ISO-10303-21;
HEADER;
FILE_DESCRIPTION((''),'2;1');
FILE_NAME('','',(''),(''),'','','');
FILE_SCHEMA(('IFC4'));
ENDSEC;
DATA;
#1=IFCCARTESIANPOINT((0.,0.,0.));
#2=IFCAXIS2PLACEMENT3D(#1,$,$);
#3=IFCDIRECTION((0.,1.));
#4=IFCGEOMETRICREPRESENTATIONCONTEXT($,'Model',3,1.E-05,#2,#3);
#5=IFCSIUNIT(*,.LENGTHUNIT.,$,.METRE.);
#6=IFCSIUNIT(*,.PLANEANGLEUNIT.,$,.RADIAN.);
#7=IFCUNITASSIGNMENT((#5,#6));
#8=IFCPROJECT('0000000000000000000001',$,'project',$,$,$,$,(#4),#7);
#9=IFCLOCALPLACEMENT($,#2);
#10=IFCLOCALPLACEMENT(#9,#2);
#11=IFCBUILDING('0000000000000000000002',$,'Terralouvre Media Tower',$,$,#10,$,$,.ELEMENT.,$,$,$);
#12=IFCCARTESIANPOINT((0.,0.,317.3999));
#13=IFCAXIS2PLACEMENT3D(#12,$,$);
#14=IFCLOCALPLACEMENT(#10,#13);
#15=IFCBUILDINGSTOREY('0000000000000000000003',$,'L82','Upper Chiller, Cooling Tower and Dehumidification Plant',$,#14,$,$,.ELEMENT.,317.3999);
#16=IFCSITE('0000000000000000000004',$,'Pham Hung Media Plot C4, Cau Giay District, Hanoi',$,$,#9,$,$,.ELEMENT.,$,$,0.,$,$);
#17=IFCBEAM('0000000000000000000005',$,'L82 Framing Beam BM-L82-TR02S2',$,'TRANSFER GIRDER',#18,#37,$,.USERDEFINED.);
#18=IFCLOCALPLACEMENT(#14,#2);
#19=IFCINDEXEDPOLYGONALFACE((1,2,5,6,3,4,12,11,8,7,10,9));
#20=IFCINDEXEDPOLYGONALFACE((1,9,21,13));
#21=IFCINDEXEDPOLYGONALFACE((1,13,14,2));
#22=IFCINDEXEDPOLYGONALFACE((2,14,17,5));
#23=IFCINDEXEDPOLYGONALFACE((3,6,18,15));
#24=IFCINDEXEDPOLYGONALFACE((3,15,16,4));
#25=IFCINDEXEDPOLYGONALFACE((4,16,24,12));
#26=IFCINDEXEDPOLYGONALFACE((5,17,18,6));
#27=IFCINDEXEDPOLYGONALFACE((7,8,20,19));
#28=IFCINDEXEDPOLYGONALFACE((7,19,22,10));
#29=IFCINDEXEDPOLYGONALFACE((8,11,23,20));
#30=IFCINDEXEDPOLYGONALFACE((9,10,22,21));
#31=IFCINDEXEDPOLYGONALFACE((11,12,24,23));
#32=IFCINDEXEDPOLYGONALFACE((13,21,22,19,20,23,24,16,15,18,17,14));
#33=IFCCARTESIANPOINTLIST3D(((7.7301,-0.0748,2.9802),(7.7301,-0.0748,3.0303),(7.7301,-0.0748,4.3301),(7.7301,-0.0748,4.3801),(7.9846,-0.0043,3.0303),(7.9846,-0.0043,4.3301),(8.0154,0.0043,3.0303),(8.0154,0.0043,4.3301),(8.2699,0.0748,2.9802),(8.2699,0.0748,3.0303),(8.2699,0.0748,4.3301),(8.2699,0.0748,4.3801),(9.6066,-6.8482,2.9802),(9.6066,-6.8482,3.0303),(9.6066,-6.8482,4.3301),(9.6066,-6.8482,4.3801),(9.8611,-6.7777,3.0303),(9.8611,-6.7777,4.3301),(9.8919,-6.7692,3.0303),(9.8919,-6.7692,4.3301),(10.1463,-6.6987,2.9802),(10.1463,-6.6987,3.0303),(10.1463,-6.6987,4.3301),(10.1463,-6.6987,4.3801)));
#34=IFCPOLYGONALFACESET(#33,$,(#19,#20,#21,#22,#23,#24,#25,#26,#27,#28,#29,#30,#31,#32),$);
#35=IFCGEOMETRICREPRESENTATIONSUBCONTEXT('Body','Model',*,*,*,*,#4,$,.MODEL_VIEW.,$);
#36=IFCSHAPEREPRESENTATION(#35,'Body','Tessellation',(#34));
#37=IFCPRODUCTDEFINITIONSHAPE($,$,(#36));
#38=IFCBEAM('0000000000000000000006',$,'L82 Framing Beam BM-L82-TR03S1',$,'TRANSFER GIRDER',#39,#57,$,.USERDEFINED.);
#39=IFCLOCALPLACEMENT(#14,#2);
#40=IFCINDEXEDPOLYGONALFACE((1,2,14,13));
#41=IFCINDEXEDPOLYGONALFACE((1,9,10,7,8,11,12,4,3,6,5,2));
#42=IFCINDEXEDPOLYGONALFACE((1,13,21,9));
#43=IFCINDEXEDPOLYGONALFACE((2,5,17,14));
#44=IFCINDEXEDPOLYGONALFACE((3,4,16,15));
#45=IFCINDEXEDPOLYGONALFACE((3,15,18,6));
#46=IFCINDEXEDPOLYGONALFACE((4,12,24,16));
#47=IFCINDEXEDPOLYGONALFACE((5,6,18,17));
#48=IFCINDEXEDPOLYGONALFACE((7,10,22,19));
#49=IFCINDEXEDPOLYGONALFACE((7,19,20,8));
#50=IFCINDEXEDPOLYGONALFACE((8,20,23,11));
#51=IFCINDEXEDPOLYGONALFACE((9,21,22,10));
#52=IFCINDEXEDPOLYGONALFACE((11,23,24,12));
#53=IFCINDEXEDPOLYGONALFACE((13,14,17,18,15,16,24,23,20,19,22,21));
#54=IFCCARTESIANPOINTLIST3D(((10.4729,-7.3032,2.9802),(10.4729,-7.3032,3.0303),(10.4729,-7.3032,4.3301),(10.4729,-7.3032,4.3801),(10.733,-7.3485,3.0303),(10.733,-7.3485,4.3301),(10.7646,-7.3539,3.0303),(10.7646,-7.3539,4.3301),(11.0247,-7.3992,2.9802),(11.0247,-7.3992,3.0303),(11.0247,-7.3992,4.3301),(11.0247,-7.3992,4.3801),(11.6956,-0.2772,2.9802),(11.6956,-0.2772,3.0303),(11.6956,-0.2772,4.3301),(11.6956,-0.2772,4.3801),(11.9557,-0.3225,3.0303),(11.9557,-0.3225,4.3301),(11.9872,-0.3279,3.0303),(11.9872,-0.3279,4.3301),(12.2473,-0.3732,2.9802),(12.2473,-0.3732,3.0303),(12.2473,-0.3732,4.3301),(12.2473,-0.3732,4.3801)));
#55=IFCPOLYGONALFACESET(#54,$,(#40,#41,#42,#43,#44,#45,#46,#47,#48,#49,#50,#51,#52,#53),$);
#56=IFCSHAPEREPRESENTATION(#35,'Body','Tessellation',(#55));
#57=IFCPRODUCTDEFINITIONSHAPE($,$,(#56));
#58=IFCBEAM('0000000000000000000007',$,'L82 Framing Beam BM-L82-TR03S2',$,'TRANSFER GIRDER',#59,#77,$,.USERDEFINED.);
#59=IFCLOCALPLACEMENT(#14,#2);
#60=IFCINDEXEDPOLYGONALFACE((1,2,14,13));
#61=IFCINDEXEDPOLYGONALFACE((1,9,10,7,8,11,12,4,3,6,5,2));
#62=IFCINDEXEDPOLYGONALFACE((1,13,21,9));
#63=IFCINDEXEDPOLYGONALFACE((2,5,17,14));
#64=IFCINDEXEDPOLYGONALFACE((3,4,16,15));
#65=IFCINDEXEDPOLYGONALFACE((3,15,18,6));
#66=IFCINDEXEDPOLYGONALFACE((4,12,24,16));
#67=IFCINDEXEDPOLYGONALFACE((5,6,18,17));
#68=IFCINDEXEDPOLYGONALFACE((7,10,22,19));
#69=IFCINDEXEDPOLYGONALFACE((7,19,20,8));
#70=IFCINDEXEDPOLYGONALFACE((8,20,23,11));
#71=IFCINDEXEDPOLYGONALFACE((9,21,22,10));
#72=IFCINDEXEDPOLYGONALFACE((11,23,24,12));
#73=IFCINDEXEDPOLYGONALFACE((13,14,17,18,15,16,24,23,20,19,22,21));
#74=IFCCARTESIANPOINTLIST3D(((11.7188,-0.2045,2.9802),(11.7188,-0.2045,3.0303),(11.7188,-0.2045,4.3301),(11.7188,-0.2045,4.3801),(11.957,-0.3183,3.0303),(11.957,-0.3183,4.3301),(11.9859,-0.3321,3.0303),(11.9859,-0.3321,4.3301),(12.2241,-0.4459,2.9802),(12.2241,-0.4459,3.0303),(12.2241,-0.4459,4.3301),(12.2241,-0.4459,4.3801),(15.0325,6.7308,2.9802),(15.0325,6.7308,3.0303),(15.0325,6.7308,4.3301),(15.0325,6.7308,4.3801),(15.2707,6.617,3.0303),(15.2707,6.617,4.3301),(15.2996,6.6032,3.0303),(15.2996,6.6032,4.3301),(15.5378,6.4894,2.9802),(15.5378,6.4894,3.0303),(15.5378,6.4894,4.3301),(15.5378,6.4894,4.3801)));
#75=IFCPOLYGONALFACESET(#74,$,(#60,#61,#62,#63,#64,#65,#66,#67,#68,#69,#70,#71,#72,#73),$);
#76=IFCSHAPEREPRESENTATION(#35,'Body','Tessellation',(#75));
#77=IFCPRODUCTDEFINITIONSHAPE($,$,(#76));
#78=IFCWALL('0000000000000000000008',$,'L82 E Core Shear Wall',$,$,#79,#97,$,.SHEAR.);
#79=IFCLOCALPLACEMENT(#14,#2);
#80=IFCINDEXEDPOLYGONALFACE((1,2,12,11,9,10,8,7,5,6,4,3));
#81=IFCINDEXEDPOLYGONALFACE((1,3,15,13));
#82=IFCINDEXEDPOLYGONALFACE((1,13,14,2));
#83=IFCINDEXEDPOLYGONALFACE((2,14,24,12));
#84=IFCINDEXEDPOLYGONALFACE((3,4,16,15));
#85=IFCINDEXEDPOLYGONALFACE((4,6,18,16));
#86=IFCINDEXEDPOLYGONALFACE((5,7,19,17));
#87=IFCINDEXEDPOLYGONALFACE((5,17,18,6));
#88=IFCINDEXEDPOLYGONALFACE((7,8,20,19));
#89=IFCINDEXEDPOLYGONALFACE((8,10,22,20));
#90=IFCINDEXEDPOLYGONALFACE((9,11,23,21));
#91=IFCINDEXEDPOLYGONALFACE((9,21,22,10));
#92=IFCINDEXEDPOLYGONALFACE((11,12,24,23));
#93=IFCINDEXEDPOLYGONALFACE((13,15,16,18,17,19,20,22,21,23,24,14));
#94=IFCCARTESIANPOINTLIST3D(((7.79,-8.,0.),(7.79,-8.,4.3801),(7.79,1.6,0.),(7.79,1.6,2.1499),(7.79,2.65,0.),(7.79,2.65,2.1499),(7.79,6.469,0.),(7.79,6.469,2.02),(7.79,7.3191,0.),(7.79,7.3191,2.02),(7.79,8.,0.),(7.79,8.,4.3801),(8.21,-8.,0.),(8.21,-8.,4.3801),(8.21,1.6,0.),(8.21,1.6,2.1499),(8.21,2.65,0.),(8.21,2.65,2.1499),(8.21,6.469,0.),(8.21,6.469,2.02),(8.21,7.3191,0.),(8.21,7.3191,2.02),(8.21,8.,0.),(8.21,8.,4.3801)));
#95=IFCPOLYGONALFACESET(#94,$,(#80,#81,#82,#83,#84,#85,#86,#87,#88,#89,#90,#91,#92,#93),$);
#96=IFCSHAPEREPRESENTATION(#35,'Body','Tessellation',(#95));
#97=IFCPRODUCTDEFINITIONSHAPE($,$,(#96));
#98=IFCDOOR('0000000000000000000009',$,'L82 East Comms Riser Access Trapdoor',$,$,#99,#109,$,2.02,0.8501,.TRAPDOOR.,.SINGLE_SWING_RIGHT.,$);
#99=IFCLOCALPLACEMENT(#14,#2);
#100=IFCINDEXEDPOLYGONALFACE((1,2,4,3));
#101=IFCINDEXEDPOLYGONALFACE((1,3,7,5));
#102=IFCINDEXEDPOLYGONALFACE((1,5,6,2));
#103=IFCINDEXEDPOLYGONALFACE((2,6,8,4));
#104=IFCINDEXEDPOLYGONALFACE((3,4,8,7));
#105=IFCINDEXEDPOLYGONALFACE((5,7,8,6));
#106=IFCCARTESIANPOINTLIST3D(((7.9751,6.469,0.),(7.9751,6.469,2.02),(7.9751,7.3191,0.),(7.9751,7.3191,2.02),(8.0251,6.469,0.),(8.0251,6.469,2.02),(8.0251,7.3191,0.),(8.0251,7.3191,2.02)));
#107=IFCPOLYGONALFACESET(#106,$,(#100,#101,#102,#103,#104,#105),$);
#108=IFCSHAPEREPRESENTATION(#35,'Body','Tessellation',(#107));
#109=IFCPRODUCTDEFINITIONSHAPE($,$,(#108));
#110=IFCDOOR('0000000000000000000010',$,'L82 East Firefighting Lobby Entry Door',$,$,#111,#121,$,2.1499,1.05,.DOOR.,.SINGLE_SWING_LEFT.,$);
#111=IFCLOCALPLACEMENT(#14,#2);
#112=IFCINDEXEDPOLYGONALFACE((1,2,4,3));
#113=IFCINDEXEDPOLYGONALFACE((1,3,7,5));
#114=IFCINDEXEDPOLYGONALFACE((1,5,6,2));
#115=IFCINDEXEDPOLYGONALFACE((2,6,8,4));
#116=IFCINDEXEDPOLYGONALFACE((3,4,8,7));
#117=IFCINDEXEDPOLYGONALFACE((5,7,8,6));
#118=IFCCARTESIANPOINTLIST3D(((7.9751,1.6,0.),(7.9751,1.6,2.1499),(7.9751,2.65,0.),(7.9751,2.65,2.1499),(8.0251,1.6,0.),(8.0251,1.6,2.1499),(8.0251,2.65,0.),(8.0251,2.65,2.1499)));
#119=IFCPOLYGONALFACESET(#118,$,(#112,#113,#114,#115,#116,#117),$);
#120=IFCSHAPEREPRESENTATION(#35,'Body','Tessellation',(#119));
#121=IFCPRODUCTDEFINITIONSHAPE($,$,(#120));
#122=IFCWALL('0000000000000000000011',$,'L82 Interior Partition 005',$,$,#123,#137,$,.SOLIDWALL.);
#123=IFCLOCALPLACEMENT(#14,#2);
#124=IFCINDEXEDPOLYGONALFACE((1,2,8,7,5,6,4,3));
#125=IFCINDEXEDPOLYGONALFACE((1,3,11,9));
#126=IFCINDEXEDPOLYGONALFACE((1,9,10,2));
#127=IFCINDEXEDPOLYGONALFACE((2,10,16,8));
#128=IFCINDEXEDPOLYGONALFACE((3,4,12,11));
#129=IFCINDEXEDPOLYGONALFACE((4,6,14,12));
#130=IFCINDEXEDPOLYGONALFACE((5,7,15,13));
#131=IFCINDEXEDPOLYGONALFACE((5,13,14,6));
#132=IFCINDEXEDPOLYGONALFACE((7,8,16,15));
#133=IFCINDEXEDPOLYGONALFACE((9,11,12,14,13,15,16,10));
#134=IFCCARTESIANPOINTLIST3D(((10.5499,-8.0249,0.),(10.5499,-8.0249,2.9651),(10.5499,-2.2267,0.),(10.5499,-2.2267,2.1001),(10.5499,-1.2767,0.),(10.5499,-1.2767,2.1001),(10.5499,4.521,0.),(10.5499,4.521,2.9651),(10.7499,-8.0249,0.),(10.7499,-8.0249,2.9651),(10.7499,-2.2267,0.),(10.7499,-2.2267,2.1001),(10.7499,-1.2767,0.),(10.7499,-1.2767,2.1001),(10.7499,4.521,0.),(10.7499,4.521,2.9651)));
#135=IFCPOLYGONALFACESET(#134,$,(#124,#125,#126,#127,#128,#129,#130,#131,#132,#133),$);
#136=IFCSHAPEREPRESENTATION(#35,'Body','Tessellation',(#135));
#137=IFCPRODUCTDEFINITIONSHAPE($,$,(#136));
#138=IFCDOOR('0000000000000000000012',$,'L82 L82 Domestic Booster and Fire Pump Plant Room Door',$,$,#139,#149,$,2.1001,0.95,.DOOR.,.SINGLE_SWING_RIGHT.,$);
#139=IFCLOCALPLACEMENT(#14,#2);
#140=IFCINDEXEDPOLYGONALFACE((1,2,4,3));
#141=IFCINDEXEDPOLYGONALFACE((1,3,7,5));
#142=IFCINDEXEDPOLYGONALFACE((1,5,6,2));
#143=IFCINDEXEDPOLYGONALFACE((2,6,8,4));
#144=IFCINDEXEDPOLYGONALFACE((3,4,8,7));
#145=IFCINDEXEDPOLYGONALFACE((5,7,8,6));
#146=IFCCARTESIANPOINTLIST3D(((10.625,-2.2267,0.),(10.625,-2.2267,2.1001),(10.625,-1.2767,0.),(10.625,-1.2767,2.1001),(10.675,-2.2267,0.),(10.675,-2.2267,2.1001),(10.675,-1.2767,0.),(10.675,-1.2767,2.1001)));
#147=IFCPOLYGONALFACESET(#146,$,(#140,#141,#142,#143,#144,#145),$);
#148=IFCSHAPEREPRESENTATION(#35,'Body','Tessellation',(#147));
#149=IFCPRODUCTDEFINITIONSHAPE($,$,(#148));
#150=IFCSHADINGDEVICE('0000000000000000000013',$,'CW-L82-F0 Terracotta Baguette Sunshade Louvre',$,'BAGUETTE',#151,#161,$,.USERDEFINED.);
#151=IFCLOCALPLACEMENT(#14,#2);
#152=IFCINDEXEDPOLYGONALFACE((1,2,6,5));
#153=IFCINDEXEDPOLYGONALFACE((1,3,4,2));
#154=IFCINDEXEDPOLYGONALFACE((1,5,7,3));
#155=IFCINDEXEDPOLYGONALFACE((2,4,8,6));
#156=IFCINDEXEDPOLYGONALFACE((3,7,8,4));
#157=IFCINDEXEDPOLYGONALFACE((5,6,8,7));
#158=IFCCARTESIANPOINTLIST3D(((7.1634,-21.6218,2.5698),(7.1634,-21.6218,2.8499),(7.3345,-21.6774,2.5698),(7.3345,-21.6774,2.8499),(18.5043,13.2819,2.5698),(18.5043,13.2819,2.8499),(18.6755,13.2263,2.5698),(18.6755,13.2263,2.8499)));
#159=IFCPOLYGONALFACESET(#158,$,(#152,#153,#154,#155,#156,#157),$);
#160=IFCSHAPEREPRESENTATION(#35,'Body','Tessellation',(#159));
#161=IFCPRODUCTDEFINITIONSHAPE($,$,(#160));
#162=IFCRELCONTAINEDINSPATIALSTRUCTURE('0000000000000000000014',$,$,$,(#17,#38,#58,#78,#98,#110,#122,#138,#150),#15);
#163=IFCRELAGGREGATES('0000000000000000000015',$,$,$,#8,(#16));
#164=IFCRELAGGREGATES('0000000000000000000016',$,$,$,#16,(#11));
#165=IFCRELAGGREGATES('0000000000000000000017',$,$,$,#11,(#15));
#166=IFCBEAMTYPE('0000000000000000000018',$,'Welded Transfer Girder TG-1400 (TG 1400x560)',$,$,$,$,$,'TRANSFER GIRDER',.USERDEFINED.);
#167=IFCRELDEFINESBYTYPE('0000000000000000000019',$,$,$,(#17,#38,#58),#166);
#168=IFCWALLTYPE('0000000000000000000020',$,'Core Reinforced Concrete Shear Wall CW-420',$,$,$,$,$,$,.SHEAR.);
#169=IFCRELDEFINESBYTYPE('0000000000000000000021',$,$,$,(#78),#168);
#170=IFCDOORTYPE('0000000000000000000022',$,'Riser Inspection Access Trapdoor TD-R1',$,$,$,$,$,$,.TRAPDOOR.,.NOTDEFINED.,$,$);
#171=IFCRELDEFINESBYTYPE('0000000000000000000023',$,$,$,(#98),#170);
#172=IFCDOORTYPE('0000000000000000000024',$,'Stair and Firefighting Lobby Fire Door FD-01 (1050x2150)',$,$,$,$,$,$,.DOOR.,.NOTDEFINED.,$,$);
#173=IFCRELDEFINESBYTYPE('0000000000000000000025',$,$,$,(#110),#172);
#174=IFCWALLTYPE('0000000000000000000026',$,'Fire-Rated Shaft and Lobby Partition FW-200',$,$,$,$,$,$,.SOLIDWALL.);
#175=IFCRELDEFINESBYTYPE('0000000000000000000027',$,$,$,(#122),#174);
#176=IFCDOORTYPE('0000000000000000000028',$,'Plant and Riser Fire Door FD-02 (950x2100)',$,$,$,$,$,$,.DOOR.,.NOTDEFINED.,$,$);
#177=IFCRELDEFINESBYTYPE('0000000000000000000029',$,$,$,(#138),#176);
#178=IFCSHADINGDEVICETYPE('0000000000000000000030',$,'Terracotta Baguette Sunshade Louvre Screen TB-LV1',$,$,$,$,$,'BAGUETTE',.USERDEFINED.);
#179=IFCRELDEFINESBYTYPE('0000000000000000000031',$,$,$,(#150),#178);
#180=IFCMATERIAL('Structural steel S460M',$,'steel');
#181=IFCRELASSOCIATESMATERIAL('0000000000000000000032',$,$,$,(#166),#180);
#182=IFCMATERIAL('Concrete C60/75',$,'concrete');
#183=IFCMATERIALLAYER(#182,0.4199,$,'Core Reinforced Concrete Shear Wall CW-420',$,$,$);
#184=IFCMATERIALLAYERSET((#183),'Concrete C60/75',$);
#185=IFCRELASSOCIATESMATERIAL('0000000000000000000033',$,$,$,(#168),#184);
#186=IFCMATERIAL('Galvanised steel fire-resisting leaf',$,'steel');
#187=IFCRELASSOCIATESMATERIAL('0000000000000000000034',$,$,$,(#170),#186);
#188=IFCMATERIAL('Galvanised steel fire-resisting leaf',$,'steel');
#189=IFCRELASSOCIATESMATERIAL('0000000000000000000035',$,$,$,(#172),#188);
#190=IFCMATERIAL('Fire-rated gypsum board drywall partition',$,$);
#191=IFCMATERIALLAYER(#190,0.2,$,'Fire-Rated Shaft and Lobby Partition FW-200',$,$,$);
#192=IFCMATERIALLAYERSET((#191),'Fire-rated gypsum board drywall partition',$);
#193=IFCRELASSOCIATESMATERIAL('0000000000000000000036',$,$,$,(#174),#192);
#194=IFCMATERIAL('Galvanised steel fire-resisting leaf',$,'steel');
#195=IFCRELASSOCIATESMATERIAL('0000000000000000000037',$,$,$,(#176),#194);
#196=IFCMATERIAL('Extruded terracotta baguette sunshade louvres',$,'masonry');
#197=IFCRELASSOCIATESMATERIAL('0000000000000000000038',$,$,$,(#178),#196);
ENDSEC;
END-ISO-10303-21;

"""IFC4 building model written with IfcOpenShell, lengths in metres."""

from ifc_helpers import new_model, si_unit, direction, frame, frame_2d, origin, origin_2d, place, context, subcontext, project, spatial, rectangle, i_section, extrude, material, layer, layer_set, material_profile, profile_set, type_object, element, fill, save


model = new_model("IFC4")

# Units and contexts
model_context = context("Model", 3, precision=1e-05, world=origin(), true_north=direction((0.0, 1.0)))
body_context = subcontext(model_context, "Body", "Model", "MODEL_VIEW")
ifc_project = project(units=[si_unit("LENGTHUNIT", "METRE"), si_unit("PLANEANGLEUNIT", "RADIAN")], contexts=[model_context])

# Site, building, storey
site_placement = place(None, origin())
site = spatial("IfcSite", under=ifc_project, at=site_placement, Name="Pham Hung Media Plot C4, Cau Giay District, Hanoi", CompositionType="ELEMENT", RefElevation=0.0)
building_placement = place(site_placement, origin())
building = spatial("IfcBuilding", under=site, at=building_placement, Name="Terralouvre Media Tower", CompositionType="ELEMENT")
storey_placement = place(building_placement, frame((0.0, 0.0, 317.3999)))
storey = spatial("IfcBuildingStorey", under=building, at=storey_placement, Name="L82", Description="Upper Chiller, Cooling Tower and Dehumidification Plant", CompositionType="ELEMENT", Elevation=317.3999)

# Beams
ifc_material_1 = material(Name="Structural steel S460M", Category="steel")
ifc_material_profile_1 = material_profile(ifc_material_1, i_section(OverallWidth=0.5601, OverallDepth=1.3999, WebThickness=0.032, FlangeThickness=0.05, at=origin_2d()), Name="TG 1400x560")
ifc_profile_set_1 = profile_set([ifc_material_profile_1], Name="Structural steel S460M")
beam_type = type_object("IfcBeamType", Name="Welded Transfer Girder TG-1400 (TG 1400x560)", ElementType="TRANSFER GIRDER", PredefinedType="USERDEFINED", material=ifc_profile_set_1)
beam_1_placement = place(storey_placement, frame((9.8765, -6.7734, 3.6802), z_axis=(-0.266977, 0.963703, 0.0), x_axis=(-0.963703, -0.266977, 0.0)))
element("IfcBeam", 1, at=beam_1_placement, inside=storey, type_object=beam_type, Name="L82 Framing Beam BM-L82-TR02S2", ObjectType="TRANSFER GIRDER", PredefinedType="USERDEFINED", context=body_context, shape_type="SweptSolid", body=[
    extrude(i_section(OverallWidth=0.5601, OverallDepth=1.3999, WebThickness=0.032, FlangeThickness=0.05, at=origin_2d()), origin(), (0.0, 0.0, 1.0), 7.0286),
])
beam_2_placement = place(storey_placement, frame((11.9714, -0.3252, 3.6802), z_axis=(-0.171439, -0.985195, 0.0), x_axis=(0.985195, -0.171439, 0.0)))
element("IfcBeam", 2, at=beam_2_placement, inside=storey, type_object=beam_type, Name="L82 Framing Beam BM-L82-TR03S1", ObjectType="TRANSFER GIRDER", PredefinedType="USERDEFINED", context=body_context, shape_type="SweptSolid", body=[
    extrude(i_section(OverallWidth=0.5601, OverallDepth=1.3999, WebThickness=0.032, FlangeThickness=0.05, at=origin_2d()), origin(), (0.0, 0.0, 1.0), 7.1316),
])
beam_3_placement = place(storey_placement, frame((11.9714, -0.3252, 3.6802), z_axis=(0.431121, 0.902294, 0.0), x_axis=(-0.902294, 0.431121, 0.0)))
element("IfcBeam", 3, at=beam_3_placement, inside=storey, type_object=beam_type, Name="L82 Framing Beam BM-L82-TR03S2", ObjectType="TRANSFER GIRDER", PredefinedType="USERDEFINED", context=body_context, shape_type="SweptSolid", body=[
    extrude(i_section(OverallWidth=0.5601, OverallDepth=1.3999, WebThickness=0.032, FlangeThickness=0.05, at=origin_2d()), origin(), (0.0, 0.0, 1.0), 7.6863),
])

# Wall, openings, doors
ifc_material_2 = material(Name="Concrete C60/75", Category="concrete")
ifc_layer_1 = layer(ifc_material_2, 0.4199, Name="Core Reinforced Concrete Shear Wall CW-420")
ifc_layer_set_1 = layer_set([ifc_layer_1], Name="Concrete C60/75")
wall_type_1 = type_object("IfcWallType", Name="Core Reinforced Concrete Shear Wall CW-420", PredefinedType="SHEAR", material=ifc_layer_set_1)
wall_1_placement = place(storey_placement, frame((8.0, -8.0, 0.0), z_axis=(0.0, 0.0, 1.0), x_axis=(0.0, 1.0, 0.0)))
wall_1 = element("IfcWall", 4, at=wall_1_placement, inside=storey, type_object=wall_type_1, Name="L82 E Core Shear Wall", PredefinedType="SHEAR", context=body_context, shape_type="SweptSolid", body=[
    extrude(rectangle(XDim=16.0, YDim=0.4199, at=frame_2d((8.0, 0.0))), origin(), (0.0, 0.0, 1.0), 4.3801),
])
opening_1_placement = place(wall_1_placement, frame((9.6001, 0.0, 0.0)))
opening_1 = element("IfcOpeningElement", 5, at=opening_1_placement, cuts=wall_1, PredefinedType="OPENING", context=body_context, shape_type="SweptSolid", body=[
    extrude(rectangle(XDim=1.05, YDim=2.1499, at=frame_2d((0.5249, 1.075))), frame((0.0, 0.22, 0.0), z_axis=(0.0, -1.0, 0.0), x_axis=(1.0, 0.0, 0.0)), (0.0, 0.0, 1.0), 0.4399),
])
opening_2_placement = place(wall_1_placement, frame((14.469, 0.0, 0.0)))
opening_2 = element("IfcOpeningElement", 6, at=opening_2_placement, cuts=wall_1, PredefinedType="OPENING", context=body_context, shape_type="SweptSolid", body=[
    extrude(rectangle(XDim=0.8501, YDim=2.02, at=frame_2d((0.425, 1.01))), frame((0.0, 0.22, 0.0), z_axis=(0.0, -1.0, 0.0), x_axis=(1.0, 0.0, 0.0)), (0.0, 0.0, 1.0), 0.4399),
])
ifc_material_3 = material(Name="Galvanised steel fire-resisting leaf", Category="steel")
door_type_1 = type_object("IfcDoorType", Name="Riser Inspection Access Trapdoor TD-R1", OperationType="NOTDEFINED", PredefinedType="TRAPDOOR", material=ifc_material_3)
door_1_placement = place(opening_2_placement, origin())
door_1 = element("IfcDoor", 7, at=door_1_placement, inside=storey, type_object=door_type_1, Name="L82 East Comms Riser Access Trapdoor", OperationType="SINGLE_SWING_RIGHT", OverallHeight=2.02, OverallWidth=0.8501, PredefinedType="TRAPDOOR", context=body_context, shape_type="SweptSolid", body=[
    extrude(rectangle(XDim=0.8501, YDim=2.02, at=frame_2d((0.425, 1.01))), frame((0.0, 0.0249, 0.0), z_axis=(0.0, -1.0, 0.0), x_axis=(1.0, 0.0, 0.0)), (0.0, 0.0, 1.0), 0.05),
])
fill(opening_2, door_1)
ifc_material_4 = material(Name="Galvanised steel fire-resisting leaf", Category="steel")
door_type_2 = type_object("IfcDoorType", Name="Stair and Firefighting Lobby Fire Door FD-01 (1050x2150)", OperationType="NOTDEFINED", PredefinedType="DOOR", material=ifc_material_4)
door_2_placement = place(opening_1_placement, origin())
door_2 = element("IfcDoor", 8, at=door_2_placement, inside=storey, type_object=door_type_2, Name="L82 East Firefighting Lobby Entry Door", OperationType="SINGLE_SWING_LEFT", OverallHeight=2.1499, OverallWidth=1.05, PredefinedType="DOOR", context=body_context, shape_type="SweptSolid", body=[
    extrude(rectangle(XDim=1.05, YDim=2.1499, at=frame_2d((0.5249, 1.075))), frame((0.0, 0.0249, 0.0), z_axis=(0.0, -1.0, 0.0), x_axis=(1.0, 0.0, 0.0)), (0.0, 0.0, 1.0), 0.05),
])
fill(opening_1, door_2)

# Wall, opening, door
ifc_material_5 = material(Name="Fire-rated gypsum board drywall partition")
ifc_layer_2 = layer(ifc_material_5, 0.2, Name="Fire-Rated Shaft and Lobby Partition FW-200")
ifc_layer_set_2 = layer_set([ifc_layer_2], Name="Fire-rated gypsum board drywall partition")
wall_type_2 = type_object("IfcWallType", Name="Fire-Rated Shaft and Lobby Partition FW-200", PredefinedType="SOLIDWALL", material=ifc_layer_set_2)
wall_2_placement = place(storey_placement, frame((10.6499, -8.0249, 0.0), z_axis=(0.0, 0.0, 1.0), x_axis=(0.0, 1.0, 0.0)))
wall_2 = element("IfcWall", 9, at=wall_2_placement, inside=storey, type_object=wall_type_2, Name="L82 Interior Partition 005", PredefinedType="SOLIDWALL", context=body_context, shape_type="SweptSolid", body=[
    extrude(rectangle(XDim=12.5459, YDim=0.2, at=frame_2d((6.2729, 0.0))), origin(), (0.0, 0.0, 1.0), 2.9651),
])
opening_3_placement = place(wall_2_placement, frame((5.7981, 0.0, 0.0)))
opening_3 = element("IfcOpeningElement", 10, at=opening_3_placement, cuts=wall_2, PredefinedType="OPENING", context=body_context, shape_type="SweptSolid", body=[
    extrude(rectangle(XDim=0.95, YDim=2.1001, at=frame_2d((0.4751, 1.05))), frame((0.0, 0.1099, 0.0), z_axis=(0.0, -1.0, 0.0), x_axis=(1.0, 0.0, 0.0)), (0.0, 0.0, 1.0), 0.22),
])
ifc_material_6 = material(Name="Galvanised steel fire-resisting leaf", Category="steel")
door_type_3 = type_object("IfcDoorType", Name="Plant and Riser Fire Door FD-02 (950x2100)", OperationType="NOTDEFINED", PredefinedType="DOOR", material=ifc_material_6)
door_3_placement = place(opening_3_placement, origin())
door_3 = element("IfcDoor", 11, at=door_3_placement, inside=storey, type_object=door_type_3, Name="L82 L82 Domestic Booster and Fire Pump Plant Room Door", OperationType="SINGLE_SWING_RIGHT", OverallHeight=2.1001, OverallWidth=0.95, PredefinedType="DOOR", context=body_context, shape_type="SweptSolid", body=[
    extrude(rectangle(XDim=0.95, YDim=2.1001, at=frame_2d((0.4751, 1.05))), frame((0.0, 0.0249, 0.0), z_axis=(0.0, -1.0, 0.0), x_axis=(1.0, 0.0, 0.0)), (0.0, 0.0, 1.0), 0.05),
])
fill(opening_3, door_3)

# Shading device
ifc_material_7 = material(Name="Extruded terracotta baguette sunshade louvres", Category="masonry")
shading_device_type = type_object("IfcShadingDeviceType", Name="Terracotta Baguette Sunshade Louvre Screen TB-LV1", ElementType="BAGUETTE", PredefinedType="USERDEFINED", material=ifc_material_7)
shading_device_placement = place(storey_placement, frame((12.9194, -4.1978, 2.5698), z_axis=(0.0, 0.0, 1.0), x_axis=(0.309017, 0.951056, 0.0)))
element("IfcShadingDevice", 12, at=shading_device_placement, inside=storey, type_object=shading_device_type, Name="CW-L82-F0 Terracotta Baguette Sunshade Louvre", ObjectType="BAGUETTE", PredefinedType="USERDEFINED", context=body_context, shape_type="SweptSolid", body=[
    extrude(rectangle(XDim=36.7, YDim=0.1799, at=origin_2d()), origin(), (0.0, 0.0, 1.0), 0.28),
])

save(model, "model.ifc")
